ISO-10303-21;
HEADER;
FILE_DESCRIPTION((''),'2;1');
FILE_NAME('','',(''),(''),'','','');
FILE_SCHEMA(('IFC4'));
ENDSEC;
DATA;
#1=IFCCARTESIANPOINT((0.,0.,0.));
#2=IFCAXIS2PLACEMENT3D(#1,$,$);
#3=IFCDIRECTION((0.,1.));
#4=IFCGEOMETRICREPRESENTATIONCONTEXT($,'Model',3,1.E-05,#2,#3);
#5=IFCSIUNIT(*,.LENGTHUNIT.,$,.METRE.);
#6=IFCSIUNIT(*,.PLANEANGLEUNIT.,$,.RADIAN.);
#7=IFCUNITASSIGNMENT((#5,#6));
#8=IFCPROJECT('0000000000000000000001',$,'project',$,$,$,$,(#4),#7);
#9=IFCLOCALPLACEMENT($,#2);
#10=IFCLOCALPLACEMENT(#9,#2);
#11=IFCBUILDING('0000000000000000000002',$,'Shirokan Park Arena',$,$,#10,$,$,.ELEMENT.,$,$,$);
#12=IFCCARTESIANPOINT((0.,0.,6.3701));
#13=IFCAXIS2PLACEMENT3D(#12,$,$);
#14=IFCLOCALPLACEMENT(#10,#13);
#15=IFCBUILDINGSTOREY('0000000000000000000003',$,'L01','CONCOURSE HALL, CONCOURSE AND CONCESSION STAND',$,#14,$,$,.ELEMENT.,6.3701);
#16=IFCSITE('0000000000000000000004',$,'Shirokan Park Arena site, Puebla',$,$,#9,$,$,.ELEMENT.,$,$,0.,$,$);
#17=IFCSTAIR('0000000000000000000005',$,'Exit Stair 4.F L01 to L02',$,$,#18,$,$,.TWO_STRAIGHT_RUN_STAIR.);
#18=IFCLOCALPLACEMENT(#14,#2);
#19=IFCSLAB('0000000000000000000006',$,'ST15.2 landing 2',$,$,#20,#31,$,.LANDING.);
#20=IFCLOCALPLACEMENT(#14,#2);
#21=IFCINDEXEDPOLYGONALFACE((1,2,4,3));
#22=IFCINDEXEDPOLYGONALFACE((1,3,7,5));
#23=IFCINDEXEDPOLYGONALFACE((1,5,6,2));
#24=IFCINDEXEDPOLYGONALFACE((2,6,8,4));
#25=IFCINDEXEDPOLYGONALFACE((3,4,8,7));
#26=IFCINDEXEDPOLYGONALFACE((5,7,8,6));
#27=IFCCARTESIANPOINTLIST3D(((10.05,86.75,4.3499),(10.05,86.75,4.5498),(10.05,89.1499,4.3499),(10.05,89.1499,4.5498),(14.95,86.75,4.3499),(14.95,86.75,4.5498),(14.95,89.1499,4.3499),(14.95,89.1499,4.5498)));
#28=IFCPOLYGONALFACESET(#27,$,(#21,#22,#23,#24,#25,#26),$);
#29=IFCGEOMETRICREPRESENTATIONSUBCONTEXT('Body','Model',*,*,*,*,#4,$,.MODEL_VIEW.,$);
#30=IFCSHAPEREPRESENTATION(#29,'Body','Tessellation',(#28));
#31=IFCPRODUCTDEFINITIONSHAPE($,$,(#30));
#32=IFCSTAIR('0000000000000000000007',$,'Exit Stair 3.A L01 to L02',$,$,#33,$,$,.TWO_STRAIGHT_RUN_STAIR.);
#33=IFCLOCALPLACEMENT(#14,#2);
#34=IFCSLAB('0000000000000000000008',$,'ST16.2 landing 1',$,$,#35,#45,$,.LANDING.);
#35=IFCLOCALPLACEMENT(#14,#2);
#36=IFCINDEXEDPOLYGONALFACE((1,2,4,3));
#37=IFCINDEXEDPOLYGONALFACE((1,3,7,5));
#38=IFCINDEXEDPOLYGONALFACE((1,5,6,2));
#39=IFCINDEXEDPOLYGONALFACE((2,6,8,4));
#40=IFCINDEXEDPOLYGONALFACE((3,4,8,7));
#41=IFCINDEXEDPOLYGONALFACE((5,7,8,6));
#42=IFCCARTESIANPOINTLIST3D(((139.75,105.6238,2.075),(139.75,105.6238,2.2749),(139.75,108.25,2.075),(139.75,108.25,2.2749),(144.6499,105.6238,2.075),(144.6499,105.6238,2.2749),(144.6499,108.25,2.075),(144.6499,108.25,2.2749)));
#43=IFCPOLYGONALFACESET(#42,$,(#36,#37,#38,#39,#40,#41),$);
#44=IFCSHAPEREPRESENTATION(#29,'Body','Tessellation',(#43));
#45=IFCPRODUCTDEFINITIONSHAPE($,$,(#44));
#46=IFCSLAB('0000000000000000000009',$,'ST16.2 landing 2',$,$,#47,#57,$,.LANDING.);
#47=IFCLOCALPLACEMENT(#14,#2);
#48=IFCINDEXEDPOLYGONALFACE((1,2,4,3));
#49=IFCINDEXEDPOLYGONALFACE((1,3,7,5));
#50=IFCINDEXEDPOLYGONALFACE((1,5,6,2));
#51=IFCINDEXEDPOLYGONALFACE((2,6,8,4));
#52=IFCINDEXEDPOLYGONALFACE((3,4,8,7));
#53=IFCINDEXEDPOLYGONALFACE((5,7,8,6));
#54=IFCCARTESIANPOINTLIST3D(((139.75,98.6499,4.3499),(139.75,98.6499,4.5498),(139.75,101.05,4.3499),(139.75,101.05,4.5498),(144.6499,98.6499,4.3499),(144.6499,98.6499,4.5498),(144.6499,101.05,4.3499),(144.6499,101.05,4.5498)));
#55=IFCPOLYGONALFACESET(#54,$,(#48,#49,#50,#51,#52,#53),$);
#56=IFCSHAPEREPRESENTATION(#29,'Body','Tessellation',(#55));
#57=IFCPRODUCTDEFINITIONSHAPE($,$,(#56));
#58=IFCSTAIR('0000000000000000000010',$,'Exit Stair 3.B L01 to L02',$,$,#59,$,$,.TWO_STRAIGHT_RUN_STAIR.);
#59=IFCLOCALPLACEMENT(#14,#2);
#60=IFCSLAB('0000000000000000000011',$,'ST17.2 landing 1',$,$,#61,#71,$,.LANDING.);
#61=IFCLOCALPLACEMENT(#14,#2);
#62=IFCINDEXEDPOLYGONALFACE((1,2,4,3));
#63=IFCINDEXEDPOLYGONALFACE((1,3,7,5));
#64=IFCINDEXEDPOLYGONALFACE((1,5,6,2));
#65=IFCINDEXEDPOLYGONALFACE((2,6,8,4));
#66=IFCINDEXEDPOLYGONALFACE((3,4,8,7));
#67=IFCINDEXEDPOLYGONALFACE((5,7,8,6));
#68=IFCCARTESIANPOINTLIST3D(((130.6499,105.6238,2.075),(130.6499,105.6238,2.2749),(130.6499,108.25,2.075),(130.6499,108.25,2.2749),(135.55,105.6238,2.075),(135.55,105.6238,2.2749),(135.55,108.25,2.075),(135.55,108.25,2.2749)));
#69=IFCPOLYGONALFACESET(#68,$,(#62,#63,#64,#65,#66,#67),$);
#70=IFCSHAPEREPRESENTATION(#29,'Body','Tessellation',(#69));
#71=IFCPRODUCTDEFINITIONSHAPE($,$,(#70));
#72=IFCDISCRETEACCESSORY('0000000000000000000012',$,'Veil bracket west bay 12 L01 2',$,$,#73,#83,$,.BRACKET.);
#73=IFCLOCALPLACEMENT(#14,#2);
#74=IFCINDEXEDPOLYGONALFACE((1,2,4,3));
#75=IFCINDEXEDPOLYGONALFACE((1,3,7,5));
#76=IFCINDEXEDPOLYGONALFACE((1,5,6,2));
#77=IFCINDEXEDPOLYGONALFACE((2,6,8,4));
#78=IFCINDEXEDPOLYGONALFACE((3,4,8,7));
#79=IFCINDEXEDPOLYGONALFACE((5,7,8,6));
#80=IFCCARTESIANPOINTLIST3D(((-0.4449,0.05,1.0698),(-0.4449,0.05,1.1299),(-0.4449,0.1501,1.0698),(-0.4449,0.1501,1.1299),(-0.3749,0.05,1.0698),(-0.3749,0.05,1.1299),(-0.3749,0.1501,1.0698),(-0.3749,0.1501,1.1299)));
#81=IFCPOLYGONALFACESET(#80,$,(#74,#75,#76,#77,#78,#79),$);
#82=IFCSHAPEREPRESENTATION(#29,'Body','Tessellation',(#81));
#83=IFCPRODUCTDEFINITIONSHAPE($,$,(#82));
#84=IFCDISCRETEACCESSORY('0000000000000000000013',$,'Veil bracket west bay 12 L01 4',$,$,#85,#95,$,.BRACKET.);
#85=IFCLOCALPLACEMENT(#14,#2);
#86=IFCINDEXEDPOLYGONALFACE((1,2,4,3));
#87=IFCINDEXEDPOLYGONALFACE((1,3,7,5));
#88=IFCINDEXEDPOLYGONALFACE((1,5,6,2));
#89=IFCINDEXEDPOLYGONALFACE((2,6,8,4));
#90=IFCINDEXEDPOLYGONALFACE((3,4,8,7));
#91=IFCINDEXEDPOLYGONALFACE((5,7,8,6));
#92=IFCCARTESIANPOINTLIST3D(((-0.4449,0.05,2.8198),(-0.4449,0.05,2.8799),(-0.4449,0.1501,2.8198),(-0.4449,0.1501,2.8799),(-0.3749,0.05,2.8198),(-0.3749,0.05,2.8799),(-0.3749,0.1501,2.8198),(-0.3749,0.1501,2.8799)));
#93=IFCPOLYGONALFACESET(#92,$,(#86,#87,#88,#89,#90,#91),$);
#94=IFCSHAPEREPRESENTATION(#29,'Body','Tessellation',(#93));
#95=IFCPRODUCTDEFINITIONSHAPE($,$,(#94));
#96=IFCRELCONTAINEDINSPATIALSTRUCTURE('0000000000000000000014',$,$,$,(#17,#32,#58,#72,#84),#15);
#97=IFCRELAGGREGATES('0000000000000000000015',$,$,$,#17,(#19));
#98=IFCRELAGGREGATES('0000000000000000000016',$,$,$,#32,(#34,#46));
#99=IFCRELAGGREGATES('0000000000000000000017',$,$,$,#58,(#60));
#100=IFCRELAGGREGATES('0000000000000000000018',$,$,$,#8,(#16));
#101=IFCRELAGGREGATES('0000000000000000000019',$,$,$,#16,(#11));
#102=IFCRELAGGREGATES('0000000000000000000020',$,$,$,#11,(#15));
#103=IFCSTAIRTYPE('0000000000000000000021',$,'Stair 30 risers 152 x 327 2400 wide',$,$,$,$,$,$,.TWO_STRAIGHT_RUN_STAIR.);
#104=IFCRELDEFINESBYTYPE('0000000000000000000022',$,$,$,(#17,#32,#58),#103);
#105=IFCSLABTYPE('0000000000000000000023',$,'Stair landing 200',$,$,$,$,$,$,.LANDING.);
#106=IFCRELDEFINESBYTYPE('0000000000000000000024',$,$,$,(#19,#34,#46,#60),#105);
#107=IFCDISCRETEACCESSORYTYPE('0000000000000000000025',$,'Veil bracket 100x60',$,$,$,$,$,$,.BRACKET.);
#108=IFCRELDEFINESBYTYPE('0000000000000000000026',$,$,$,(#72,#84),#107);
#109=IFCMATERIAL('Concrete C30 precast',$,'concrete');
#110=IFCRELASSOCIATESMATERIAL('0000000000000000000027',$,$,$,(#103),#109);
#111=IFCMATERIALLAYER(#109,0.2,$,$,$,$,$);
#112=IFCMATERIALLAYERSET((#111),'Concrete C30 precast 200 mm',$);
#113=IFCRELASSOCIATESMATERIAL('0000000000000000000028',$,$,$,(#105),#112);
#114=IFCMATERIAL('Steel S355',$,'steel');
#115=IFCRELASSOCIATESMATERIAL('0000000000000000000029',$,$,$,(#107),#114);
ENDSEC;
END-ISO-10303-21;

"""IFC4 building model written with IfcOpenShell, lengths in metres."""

from ifc_helpers import new_model, si_unit, direction, frame, origin, origin_2d, place, context, subcontext, project, spatial, polyline, rectangle, outline, extrude, material, layer, layer_set, type_object, element, aggregate, save


model = new_model("IFC4")

# Units and contexts
model_context = context("Model", 3, precision=1e-05, world=origin(), true_north=direction((0.0, 1.0)))
body_context = subcontext(model_context, "Body", "Model", "MODEL_VIEW")
ifc_project = project(units=[si_unit("LENGTHUNIT", "METRE"), si_unit("PLANEANGLEUNIT", "RADIAN")], contexts=[model_context])

# Site, building, storey
site_placement = place(None, origin())
site = spatial("IfcSite", under=ifc_project, at=site_placement, Name="Shirokan Park Arena site, Puebla", CompositionType="ELEMENT", RefElevation=0.0)
building_placement = place(site_placement, origin())
building = spatial("IfcBuilding", under=site, at=building_placement, Name="Shirokan Park Arena", CompositionType="ELEMENT")
storey_placement = place(building_placement, frame((0.0, 0.0, 6.3701)))
storey = spatial("IfcBuildingStorey", under=building, at=storey_placement, Name="L01", Description="CONCOURSE HALL, CONCOURSE AND CONCESSION STAND", CompositionType="ELEMENT", Elevation=6.3701)

# Stairs, slabs
ifc_material_1 = material(Name="Concrete C30 precast", Category="concrete")
stair_type = type_object("IfcStairType", Name="Stair 30 risers 152 x 327 2400 wide", PredefinedType="TWO_STRAIGHT_RUN_STAIR", material=ifc_material_1)
ifc_layer = layer(ifc_material_1, 0.2)
ifc_layer_set = layer_set([ifc_layer], Name="Concrete C30 precast 200 mm")
slab_type = type_object("IfcSlabType", Name="Stair landing 200", PredefinedType="LANDING", material=ifc_layer_set)
stair_1_placement = place(storey_placement, origin())
stair_1 = element("IfcStair", 1, at=stair_1_placement, inside=storey, type_object=stair_type, Name="Exit Stair 4.F L01 to L02", PredefinedType="TWO_STRAIGHT_RUN_STAIR")
slab_1_placement = place(storey_placement, frame((0.0, 0.0, 4.3499)))
slab_1 = element("IfcSlab", 2, at=slab_1_placement, type_object=slab_type, Name="ST15.2 landing 2", PredefinedType="LANDING", context=body_context, shape_type="SweptSolid", body=[
    extrude(outline(polyline([(10.05, 86.75), (14.95, 86.75), (14.95, 89.1499), (10.05, 89.1499), (10.05, 86.75)])), origin(), (0.0, 0.0, 1.0), 0.2),
])
aggregate(stair_1, [slab_1])
stair_2_placement = place(storey_placement, origin())
stair_2 = element("IfcStair", 3, at=stair_2_placement, inside=storey, type_object=stair_type, Name="Exit Stair 3.A L01 to L02", PredefinedType="TWO_STRAIGHT_RUN_STAIR")
slab_2_placement = place(storey_placement, frame((0.0, 0.0, 2.075)))
slab_2 = element("IfcSlab", 4, at=slab_2_placement, type_object=slab_type, Name="ST16.2 landing 1", PredefinedType="LANDING", context=body_context, shape_type="SweptSolid", body=[
    extrude(outline(polyline([(139.75, 105.6238), (144.6499, 105.6238), (144.6499, 108.25), (139.75, 108.25), (139.75, 105.6238)])), origin(), (0.0, 0.0, 1.0), 0.2),
])
slab_3_placement = place(storey_placement, frame((0.0, 0.0, 4.3499)))
slab_3 = element("IfcSlab", 5, at=slab_3_placement, type_object=slab_type, Name="ST16.2 landing 2", PredefinedType="LANDING", context=body_context, shape_type="SweptSolid", body=[
    extrude(outline(polyline([(139.75, 98.6499), (144.6499, 98.6499), (144.6499, 101.05), (139.75, 101.05), (139.75, 98.6499)])), origin(), (0.0, 0.0, 1.0), 0.2),
])
aggregate(stair_2, [slab_2, slab_3])

# Stair, slab
stair_3_placement = place(storey_placement, origin())
stair_3 = element("IfcStair", 6, at=stair_3_placement, inside=storey, type_object=stair_type, Name="Exit Stair 3.B L01 to L02", PredefinedType="TWO_STRAIGHT_RUN_STAIR")
slab_4_placement = place(storey_placement, frame((0.0, 0.0, 2.075)))
slab_4 = element("IfcSlab", 7, at=slab_4_placement, type_object=slab_type, Name="ST17.2 landing 1", PredefinedType="LANDING", context=body_context, shape_type="SweptSolid", body=[
    extrude(outline(polyline([(130.6499, 105.6238), (135.55, 105.6238), (135.55, 108.25), (130.6499, 108.25), (130.6499, 105.6238)])), origin(), (0.0, 0.0, 1.0), 0.2),
])
aggregate(stair_3, [slab_4])

# Discrete accessories
ifc_material_2 = material(Name="Steel S355", Category="steel")
discrete_accessory_type = type_object("IfcDiscreteAccessoryType", Name="Veil bracket 100x60", PredefinedType="BRACKET", material=ifc_material_2)
for number, where, z_axis, x_axis, name in (
    (8, (-0.4099, 0.1001, 1.0698), (0.0, 0.0, 1.0), (0.0, -1.0, 0.0), "Veil bracket west bay 12 L01 2"),
    (9, (-0.4099, 0.1001, 2.8198), (0.0, 0.0, 1.0), (0.0, -1.0, 0.0), "Veil bracket west bay 12 L01 4"),
):
    element("IfcDiscreteAccessory", number, at=place(storey_placement, frame(where, z_axis=z_axis, x_axis=x_axis)), inside=storey, type_object=discrete_accessory_type, Name=name, PredefinedType="BRACKET", context=body_context, shape_type="SweptSolid", body=[
        extrude(rectangle(XDim=0.1001, YDim=0.0701, at=origin_2d()), origin(), (0.0, 0.0, 1.0), 0.0601),
    ])

save(model, "model.ifc")
